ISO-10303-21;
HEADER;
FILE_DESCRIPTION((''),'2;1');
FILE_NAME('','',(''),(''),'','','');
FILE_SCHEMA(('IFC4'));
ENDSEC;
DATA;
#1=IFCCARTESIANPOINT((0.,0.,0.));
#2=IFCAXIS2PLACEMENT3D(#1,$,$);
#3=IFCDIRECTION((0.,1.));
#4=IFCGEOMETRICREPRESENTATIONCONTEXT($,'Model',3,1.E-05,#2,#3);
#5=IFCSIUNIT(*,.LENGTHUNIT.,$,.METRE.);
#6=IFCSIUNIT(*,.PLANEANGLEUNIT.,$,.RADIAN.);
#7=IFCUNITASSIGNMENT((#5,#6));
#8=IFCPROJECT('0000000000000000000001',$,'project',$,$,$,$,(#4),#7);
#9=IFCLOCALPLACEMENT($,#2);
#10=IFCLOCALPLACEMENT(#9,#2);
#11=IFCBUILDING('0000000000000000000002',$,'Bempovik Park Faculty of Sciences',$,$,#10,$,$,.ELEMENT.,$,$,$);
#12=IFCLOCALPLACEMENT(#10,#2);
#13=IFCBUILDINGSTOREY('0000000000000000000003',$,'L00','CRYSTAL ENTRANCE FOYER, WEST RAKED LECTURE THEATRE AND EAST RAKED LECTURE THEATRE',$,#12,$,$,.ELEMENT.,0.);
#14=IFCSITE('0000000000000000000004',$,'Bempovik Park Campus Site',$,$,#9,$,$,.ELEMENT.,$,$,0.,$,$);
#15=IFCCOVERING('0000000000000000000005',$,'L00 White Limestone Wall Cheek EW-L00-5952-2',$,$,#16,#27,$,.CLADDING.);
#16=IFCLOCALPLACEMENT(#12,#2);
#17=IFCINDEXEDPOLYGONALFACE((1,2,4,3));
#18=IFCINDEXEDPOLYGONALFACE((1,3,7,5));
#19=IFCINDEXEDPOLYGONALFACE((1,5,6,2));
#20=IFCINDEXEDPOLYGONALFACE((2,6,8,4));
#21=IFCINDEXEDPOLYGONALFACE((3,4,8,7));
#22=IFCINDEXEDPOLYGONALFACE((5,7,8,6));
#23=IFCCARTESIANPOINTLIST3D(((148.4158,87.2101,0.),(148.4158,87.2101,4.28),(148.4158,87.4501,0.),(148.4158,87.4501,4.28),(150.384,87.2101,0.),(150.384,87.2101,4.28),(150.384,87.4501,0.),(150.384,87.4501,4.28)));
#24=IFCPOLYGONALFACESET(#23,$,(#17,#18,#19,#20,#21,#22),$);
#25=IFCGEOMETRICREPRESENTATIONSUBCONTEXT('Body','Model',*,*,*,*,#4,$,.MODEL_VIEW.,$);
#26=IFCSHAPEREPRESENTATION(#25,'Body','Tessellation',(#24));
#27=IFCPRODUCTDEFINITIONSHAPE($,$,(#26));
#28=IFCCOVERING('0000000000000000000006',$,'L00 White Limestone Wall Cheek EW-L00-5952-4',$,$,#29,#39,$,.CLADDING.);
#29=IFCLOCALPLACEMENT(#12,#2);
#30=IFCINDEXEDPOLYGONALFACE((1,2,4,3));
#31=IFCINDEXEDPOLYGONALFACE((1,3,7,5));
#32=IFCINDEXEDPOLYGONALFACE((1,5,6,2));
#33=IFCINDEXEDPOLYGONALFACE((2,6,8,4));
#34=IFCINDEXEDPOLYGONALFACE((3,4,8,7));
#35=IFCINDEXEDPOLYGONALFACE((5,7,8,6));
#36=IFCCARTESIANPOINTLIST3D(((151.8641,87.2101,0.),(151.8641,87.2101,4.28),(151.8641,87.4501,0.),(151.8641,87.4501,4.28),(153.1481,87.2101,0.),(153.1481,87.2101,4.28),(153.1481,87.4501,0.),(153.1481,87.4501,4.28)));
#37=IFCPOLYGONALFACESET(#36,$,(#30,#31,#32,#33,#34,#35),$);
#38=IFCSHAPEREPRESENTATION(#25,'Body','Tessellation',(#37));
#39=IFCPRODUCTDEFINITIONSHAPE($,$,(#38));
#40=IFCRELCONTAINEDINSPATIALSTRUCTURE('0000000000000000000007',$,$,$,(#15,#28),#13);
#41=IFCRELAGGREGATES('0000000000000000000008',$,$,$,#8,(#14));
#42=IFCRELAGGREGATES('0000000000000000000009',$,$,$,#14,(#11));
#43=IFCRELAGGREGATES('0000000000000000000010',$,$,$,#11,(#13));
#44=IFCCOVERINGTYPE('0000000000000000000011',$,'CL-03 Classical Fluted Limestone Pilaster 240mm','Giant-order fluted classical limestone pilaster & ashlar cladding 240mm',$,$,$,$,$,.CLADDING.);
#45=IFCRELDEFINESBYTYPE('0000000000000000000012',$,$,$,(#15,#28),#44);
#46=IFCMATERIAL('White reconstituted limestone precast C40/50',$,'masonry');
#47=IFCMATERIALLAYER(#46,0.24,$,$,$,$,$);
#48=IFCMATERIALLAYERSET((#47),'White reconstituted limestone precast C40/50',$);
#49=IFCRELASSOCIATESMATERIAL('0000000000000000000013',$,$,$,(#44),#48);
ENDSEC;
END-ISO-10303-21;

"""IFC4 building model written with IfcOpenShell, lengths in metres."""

from ifc_helpers import new_model, si_unit, direction, frame, origin, origin_2d, place, context, subcontext, project, spatial, rectangle, extrude, material, layer, layer_set, type_object, element, save


model = new_model("IFC4")

# Units and contexts
model_context = context("Model", 3, precision=1e-05, world=origin(), true_north=direction((0.0, 1.0)))
body_context = subcontext(model_context, "Body", "Model", "MODEL_VIEW")
ifc_project = project(units=[si_unit("LENGTHUNIT", "METRE"), si_unit("PLANEANGLEUNIT", "RADIAN")], contexts=[model_context])

# Site, building, storey
site_placement = place(None, origin())
site = spatial("IfcSite", under=ifc_project, at=site_placement, Name="Bempovik Park Campus Site", CompositionType="ELEMENT", RefElevation=0.0)
building_placement = place(site_placement, origin())
building = spatial("IfcBuilding", under=site, at=building_placement, Name="Bempovik Park Faculty of Sciences", CompositionType="ELEMENT")
storey_placement = place(building_placement, origin())
storey = spatial("IfcBuildingStorey", under=building, at=storey_placement, Name="L00", Description="CRYSTAL ENTRANCE FOYER, WEST RAKED LECTURE THEATRE AND EAST RAKED LECTURE THEATRE", CompositionType="ELEMENT", Elevation=0.0)

# Coverings
ifc_material_1 = material(Name="White reconstituted limestone precast C40/50", Category="masonry")
ifc_layer_1 = layer(ifc_material_1, 0.24)
ifc_layer_set_1 = layer_set([ifc_layer_1], Name="White reconstituted limestone precast C40/50")
covering_type_1 = type_object("IfcCoveringType", Name="CL-03 Classical Fluted Limestone Pilaster 240mm", Description="Giant-order fluted classical limestone pilaster & ashlar cladding 240mm", PredefinedType="CLADDING", material=ifc_layer_set_1)
covering_1_placement = place(storey_placement, frame((149.3999, 87.3301, 0.0), z_axis=(0.0, 0.0, 1.0), x_axis=(1.0, 0.0, 0.0)))
element("IfcCovering", 1, at=covering_1_placement, inside=storey, type_object=covering_type_1, Name="L00 White Limestone Wall Cheek EW-L00-5952-2", PredefinedType="CLADDING", context=body_context, shape_type="SweptSolid", body=[
    extrude(rectangle(XDim=1.9683, YDim=0.24, at=origin_2d()), origin(), (0.0, 0.0, 1.0), 4.28),
])
covering_2_placement = place(storey_placement, frame((152.5061, 87.3301, 0.0), z_axis=(0.0, 0.0, 1.0), x_axis=(1.0, 0.0, 0.0)))
element("IfcCovering", 2, at=covering_2_placement, inside=storey, type_object=covering_type_1, Name="L00 White Limestone Wall Cheek EW-L00-5952-4", PredefinedType="CLADDING", context=body_context, shape_type="SweptSolid", body=[
    extrude(rectangle(XDim=1.2839, YDim=0.24, at=origin_2d()), origin(), (0.0, 0.0, 1.0), 4.28),
])

save(model, "model.ifc")
